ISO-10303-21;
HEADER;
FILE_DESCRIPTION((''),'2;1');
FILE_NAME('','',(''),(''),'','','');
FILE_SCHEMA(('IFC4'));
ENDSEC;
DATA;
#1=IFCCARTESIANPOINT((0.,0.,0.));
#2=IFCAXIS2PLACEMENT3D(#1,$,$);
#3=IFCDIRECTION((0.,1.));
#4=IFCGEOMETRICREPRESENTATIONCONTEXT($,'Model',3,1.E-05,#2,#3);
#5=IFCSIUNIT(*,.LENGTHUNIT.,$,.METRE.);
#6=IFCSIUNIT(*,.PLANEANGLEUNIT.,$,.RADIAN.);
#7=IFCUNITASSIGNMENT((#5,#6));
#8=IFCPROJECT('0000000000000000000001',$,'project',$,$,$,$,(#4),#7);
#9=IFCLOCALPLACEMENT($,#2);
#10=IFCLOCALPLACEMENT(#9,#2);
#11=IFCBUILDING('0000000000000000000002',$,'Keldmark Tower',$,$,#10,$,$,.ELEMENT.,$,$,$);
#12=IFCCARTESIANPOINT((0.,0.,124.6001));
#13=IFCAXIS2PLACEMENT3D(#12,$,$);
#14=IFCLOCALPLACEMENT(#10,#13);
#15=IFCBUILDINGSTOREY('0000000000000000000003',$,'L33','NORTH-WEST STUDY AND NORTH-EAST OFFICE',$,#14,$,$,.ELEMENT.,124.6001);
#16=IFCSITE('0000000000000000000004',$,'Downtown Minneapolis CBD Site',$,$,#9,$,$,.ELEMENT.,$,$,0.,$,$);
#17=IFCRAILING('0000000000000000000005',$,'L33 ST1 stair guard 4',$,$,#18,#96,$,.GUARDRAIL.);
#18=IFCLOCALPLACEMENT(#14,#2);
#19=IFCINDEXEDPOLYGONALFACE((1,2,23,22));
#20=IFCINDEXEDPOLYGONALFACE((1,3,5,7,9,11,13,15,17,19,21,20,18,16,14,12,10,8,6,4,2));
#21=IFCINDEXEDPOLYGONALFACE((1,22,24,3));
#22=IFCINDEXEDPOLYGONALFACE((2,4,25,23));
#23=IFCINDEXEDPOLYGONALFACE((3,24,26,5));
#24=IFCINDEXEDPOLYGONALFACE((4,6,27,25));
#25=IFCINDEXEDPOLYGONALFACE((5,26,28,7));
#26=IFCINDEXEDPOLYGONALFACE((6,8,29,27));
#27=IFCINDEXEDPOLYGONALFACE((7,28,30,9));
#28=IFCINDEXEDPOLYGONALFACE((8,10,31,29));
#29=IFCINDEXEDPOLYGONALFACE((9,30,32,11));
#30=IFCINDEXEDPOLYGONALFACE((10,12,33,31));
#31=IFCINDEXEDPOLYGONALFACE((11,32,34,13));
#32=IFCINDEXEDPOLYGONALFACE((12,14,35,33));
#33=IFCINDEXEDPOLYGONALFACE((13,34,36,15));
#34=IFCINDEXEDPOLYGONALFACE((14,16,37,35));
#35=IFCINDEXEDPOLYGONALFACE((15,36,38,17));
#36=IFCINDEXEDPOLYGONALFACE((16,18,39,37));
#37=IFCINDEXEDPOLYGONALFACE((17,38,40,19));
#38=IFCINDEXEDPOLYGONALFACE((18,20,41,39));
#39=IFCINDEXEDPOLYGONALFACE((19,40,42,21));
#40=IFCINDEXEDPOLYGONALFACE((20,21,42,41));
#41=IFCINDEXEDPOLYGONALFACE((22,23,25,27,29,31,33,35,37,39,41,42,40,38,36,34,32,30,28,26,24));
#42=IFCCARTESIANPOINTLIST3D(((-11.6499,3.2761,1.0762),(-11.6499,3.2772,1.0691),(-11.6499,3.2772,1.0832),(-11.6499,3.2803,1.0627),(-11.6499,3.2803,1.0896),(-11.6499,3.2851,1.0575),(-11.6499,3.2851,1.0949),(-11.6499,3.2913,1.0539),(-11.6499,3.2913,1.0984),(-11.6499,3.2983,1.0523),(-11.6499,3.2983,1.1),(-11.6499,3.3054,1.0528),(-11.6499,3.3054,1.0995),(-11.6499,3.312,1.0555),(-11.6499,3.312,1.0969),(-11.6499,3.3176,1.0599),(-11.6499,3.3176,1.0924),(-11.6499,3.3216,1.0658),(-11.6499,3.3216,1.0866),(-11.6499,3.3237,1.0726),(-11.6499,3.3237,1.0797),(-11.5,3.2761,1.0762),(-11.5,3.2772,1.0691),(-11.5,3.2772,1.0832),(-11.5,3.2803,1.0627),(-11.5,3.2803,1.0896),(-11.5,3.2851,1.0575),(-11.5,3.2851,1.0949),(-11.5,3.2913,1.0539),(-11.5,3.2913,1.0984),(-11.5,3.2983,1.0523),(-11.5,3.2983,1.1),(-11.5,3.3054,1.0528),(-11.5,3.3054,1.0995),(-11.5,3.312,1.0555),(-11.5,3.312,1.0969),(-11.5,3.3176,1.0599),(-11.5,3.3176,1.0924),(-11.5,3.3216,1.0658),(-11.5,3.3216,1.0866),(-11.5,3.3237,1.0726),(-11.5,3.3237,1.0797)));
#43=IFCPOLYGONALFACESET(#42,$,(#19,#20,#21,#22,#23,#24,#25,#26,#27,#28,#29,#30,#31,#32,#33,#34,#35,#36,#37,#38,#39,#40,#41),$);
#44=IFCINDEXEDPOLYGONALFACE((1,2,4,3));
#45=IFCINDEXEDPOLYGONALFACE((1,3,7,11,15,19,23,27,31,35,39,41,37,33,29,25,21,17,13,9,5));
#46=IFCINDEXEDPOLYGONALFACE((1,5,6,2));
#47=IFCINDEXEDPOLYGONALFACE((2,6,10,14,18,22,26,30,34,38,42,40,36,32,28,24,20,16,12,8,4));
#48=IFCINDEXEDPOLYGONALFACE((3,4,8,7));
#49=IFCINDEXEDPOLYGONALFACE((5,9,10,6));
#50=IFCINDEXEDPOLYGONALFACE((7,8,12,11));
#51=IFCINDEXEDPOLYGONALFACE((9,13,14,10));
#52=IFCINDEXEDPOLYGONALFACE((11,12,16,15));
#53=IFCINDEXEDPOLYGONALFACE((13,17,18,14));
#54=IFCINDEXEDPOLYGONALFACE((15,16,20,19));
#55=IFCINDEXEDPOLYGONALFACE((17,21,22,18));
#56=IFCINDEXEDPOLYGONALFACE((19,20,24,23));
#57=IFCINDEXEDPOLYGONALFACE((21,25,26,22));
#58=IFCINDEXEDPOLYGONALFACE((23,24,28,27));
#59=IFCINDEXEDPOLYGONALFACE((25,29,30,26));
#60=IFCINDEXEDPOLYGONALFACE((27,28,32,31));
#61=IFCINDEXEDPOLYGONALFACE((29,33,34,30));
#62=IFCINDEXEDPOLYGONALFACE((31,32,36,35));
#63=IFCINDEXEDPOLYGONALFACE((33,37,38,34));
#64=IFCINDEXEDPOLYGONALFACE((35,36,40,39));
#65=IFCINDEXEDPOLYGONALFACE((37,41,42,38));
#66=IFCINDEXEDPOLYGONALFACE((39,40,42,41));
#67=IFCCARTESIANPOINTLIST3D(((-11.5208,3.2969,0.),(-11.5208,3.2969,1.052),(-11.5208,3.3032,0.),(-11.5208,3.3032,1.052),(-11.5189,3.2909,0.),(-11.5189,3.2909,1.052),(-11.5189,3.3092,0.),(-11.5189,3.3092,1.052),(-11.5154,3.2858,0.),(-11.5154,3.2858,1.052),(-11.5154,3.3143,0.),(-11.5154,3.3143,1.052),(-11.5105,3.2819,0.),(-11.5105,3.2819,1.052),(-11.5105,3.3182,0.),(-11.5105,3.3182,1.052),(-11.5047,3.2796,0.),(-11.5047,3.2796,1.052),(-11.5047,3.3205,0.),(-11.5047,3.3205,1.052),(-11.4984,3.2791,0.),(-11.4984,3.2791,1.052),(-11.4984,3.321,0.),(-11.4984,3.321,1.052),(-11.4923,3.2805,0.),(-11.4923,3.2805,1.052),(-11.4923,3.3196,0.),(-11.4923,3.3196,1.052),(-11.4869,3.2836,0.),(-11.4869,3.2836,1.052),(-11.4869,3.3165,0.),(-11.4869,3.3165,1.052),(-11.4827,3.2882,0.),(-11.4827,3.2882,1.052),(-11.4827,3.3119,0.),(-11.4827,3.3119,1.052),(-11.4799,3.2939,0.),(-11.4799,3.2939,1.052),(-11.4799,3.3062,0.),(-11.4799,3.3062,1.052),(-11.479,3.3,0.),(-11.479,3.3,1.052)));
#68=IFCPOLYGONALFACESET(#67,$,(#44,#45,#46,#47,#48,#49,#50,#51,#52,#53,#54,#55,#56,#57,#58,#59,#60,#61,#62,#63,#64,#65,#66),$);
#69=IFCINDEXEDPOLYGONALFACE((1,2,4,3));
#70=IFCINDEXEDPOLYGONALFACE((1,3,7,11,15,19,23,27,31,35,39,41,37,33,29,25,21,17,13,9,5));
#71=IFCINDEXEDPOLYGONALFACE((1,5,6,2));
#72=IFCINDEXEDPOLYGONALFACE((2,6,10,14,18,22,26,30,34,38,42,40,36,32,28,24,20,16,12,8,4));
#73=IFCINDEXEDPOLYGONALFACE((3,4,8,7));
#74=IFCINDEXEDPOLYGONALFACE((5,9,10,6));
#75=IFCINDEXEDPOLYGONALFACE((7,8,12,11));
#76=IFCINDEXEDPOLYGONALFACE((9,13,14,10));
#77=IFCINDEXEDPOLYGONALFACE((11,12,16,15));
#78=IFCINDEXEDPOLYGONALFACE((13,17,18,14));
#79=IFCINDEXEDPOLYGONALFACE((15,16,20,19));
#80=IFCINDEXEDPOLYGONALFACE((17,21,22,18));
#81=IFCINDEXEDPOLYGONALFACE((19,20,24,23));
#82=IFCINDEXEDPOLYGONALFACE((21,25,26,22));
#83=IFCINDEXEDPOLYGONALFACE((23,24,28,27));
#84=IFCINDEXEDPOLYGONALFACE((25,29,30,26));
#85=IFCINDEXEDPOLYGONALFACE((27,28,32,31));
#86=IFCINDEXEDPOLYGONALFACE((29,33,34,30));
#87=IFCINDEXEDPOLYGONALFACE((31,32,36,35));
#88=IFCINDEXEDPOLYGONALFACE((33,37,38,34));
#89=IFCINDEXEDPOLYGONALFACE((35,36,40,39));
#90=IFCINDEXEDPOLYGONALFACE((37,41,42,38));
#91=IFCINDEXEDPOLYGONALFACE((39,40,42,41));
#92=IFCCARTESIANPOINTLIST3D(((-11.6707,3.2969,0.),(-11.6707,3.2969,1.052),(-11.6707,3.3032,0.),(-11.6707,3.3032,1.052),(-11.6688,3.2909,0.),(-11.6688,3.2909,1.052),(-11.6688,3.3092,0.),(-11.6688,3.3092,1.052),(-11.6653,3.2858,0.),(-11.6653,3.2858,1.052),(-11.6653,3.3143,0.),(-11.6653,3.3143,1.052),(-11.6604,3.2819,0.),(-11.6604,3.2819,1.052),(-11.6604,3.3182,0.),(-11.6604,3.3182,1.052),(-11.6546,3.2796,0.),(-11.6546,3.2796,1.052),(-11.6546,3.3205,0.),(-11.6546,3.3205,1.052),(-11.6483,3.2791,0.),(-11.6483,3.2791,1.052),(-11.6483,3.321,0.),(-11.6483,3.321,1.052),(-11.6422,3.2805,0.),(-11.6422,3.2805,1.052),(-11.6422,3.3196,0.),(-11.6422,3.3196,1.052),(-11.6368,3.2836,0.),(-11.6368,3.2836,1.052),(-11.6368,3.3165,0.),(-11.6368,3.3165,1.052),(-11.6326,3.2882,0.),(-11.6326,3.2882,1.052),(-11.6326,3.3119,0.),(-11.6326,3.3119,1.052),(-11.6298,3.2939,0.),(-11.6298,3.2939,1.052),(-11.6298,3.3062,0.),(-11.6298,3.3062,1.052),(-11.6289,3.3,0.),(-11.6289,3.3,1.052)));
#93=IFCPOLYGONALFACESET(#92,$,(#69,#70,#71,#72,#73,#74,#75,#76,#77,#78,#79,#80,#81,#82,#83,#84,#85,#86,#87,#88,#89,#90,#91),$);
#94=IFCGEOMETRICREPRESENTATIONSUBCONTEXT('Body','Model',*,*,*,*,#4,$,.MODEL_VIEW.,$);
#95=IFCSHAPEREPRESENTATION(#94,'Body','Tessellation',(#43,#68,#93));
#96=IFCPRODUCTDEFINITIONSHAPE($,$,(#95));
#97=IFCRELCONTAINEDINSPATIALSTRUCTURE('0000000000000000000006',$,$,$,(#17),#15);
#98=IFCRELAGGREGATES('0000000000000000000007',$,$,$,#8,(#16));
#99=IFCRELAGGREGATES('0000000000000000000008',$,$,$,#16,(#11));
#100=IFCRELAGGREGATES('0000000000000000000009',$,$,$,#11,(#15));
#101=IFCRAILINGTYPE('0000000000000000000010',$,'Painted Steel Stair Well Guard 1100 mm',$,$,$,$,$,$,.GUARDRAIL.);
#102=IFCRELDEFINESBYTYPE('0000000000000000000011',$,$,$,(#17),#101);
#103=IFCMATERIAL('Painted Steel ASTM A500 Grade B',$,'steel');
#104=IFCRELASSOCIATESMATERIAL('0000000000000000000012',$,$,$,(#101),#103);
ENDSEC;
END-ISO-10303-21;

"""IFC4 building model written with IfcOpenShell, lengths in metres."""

from ifc_helpers import new_model, si_unit, direction, frame, origin, origin_2d, place, context, subcontext, project, spatial, circle, extrude, material, type_object, element, save


model = new_model("IFC4")

# Units and contexts
model_context = context("Model", 3, precision=1e-05, world=origin(), true_north=direction((0.0, 1.0)))
body_context = subcontext(model_context, "Body", "Model", "MODEL_VIEW")
ifc_project = project(units=[si_unit("LENGTHUNIT", "METRE"), si_unit("PLANEANGLEUNIT", "RADIAN")], contexts=[model_context])

# Site, building, storey
site_placement = place(None, origin())
site = spatial("IfcSite", under=ifc_project, at=site_placement, Name="Downtown Minneapolis CBD Site", CompositionType="ELEMENT", RefElevation=0.0)
building_placement = place(site_placement, origin())
building = spatial("IfcBuilding", under=site, at=building_placement, Name="Keldmark Tower", CompositionType="ELEMENT")
storey_placement = place(building_placement, frame((0.0, 0.0, 124.6001)))
storey = spatial("IfcBuildingStorey", under=building, at=storey_placement, Name="L33", Description="NORTH-WEST STUDY AND NORTH-EAST OFFICE", CompositionType="ELEMENT", Elevation=124.6001)

# Railing
ifc_material_1 = material(Name="Painted Steel ASTM A500 Grade B", Category="steel")
railing_type_1 = type_object("IfcRailingType", Name="Painted Steel Stair Well Guard 1100 mm", PredefinedType="GUARDRAIL", material=ifc_material_1)
railing_1_placement = place(storey_placement, frame((-11.5, 3.3, 0.0)))
element("IfcRailing", 1, at=railing_1_placement, inside=storey, type_object=railing_type_1, Name="L33 ST1 stair guard 4", PredefinedType="GUARDRAIL", context=body_context, shape_type="SweptSolid", body=[
    extrude(circle(Radius=0.0239, at=origin_2d()), frame((0.0, 0.0, 1.0762), z_axis=(-1.0, 0.0, 0.0), x_axis=(0.0, -1.0, 0.0)), (0.0, 0.0, 1.0), 0.1499),
    extrude(circle(Radius=0.021, at=origin_2d()), origin(), (0.0, 0.0, 1.0), 1.052),
    extrude(circle(Radius=0.021, at=origin_2d()), frame((-0.1499, 0.0, 0.0)), (0.0, 0.0, 1.0), 1.052),
])

save(model, "model.ifc")
